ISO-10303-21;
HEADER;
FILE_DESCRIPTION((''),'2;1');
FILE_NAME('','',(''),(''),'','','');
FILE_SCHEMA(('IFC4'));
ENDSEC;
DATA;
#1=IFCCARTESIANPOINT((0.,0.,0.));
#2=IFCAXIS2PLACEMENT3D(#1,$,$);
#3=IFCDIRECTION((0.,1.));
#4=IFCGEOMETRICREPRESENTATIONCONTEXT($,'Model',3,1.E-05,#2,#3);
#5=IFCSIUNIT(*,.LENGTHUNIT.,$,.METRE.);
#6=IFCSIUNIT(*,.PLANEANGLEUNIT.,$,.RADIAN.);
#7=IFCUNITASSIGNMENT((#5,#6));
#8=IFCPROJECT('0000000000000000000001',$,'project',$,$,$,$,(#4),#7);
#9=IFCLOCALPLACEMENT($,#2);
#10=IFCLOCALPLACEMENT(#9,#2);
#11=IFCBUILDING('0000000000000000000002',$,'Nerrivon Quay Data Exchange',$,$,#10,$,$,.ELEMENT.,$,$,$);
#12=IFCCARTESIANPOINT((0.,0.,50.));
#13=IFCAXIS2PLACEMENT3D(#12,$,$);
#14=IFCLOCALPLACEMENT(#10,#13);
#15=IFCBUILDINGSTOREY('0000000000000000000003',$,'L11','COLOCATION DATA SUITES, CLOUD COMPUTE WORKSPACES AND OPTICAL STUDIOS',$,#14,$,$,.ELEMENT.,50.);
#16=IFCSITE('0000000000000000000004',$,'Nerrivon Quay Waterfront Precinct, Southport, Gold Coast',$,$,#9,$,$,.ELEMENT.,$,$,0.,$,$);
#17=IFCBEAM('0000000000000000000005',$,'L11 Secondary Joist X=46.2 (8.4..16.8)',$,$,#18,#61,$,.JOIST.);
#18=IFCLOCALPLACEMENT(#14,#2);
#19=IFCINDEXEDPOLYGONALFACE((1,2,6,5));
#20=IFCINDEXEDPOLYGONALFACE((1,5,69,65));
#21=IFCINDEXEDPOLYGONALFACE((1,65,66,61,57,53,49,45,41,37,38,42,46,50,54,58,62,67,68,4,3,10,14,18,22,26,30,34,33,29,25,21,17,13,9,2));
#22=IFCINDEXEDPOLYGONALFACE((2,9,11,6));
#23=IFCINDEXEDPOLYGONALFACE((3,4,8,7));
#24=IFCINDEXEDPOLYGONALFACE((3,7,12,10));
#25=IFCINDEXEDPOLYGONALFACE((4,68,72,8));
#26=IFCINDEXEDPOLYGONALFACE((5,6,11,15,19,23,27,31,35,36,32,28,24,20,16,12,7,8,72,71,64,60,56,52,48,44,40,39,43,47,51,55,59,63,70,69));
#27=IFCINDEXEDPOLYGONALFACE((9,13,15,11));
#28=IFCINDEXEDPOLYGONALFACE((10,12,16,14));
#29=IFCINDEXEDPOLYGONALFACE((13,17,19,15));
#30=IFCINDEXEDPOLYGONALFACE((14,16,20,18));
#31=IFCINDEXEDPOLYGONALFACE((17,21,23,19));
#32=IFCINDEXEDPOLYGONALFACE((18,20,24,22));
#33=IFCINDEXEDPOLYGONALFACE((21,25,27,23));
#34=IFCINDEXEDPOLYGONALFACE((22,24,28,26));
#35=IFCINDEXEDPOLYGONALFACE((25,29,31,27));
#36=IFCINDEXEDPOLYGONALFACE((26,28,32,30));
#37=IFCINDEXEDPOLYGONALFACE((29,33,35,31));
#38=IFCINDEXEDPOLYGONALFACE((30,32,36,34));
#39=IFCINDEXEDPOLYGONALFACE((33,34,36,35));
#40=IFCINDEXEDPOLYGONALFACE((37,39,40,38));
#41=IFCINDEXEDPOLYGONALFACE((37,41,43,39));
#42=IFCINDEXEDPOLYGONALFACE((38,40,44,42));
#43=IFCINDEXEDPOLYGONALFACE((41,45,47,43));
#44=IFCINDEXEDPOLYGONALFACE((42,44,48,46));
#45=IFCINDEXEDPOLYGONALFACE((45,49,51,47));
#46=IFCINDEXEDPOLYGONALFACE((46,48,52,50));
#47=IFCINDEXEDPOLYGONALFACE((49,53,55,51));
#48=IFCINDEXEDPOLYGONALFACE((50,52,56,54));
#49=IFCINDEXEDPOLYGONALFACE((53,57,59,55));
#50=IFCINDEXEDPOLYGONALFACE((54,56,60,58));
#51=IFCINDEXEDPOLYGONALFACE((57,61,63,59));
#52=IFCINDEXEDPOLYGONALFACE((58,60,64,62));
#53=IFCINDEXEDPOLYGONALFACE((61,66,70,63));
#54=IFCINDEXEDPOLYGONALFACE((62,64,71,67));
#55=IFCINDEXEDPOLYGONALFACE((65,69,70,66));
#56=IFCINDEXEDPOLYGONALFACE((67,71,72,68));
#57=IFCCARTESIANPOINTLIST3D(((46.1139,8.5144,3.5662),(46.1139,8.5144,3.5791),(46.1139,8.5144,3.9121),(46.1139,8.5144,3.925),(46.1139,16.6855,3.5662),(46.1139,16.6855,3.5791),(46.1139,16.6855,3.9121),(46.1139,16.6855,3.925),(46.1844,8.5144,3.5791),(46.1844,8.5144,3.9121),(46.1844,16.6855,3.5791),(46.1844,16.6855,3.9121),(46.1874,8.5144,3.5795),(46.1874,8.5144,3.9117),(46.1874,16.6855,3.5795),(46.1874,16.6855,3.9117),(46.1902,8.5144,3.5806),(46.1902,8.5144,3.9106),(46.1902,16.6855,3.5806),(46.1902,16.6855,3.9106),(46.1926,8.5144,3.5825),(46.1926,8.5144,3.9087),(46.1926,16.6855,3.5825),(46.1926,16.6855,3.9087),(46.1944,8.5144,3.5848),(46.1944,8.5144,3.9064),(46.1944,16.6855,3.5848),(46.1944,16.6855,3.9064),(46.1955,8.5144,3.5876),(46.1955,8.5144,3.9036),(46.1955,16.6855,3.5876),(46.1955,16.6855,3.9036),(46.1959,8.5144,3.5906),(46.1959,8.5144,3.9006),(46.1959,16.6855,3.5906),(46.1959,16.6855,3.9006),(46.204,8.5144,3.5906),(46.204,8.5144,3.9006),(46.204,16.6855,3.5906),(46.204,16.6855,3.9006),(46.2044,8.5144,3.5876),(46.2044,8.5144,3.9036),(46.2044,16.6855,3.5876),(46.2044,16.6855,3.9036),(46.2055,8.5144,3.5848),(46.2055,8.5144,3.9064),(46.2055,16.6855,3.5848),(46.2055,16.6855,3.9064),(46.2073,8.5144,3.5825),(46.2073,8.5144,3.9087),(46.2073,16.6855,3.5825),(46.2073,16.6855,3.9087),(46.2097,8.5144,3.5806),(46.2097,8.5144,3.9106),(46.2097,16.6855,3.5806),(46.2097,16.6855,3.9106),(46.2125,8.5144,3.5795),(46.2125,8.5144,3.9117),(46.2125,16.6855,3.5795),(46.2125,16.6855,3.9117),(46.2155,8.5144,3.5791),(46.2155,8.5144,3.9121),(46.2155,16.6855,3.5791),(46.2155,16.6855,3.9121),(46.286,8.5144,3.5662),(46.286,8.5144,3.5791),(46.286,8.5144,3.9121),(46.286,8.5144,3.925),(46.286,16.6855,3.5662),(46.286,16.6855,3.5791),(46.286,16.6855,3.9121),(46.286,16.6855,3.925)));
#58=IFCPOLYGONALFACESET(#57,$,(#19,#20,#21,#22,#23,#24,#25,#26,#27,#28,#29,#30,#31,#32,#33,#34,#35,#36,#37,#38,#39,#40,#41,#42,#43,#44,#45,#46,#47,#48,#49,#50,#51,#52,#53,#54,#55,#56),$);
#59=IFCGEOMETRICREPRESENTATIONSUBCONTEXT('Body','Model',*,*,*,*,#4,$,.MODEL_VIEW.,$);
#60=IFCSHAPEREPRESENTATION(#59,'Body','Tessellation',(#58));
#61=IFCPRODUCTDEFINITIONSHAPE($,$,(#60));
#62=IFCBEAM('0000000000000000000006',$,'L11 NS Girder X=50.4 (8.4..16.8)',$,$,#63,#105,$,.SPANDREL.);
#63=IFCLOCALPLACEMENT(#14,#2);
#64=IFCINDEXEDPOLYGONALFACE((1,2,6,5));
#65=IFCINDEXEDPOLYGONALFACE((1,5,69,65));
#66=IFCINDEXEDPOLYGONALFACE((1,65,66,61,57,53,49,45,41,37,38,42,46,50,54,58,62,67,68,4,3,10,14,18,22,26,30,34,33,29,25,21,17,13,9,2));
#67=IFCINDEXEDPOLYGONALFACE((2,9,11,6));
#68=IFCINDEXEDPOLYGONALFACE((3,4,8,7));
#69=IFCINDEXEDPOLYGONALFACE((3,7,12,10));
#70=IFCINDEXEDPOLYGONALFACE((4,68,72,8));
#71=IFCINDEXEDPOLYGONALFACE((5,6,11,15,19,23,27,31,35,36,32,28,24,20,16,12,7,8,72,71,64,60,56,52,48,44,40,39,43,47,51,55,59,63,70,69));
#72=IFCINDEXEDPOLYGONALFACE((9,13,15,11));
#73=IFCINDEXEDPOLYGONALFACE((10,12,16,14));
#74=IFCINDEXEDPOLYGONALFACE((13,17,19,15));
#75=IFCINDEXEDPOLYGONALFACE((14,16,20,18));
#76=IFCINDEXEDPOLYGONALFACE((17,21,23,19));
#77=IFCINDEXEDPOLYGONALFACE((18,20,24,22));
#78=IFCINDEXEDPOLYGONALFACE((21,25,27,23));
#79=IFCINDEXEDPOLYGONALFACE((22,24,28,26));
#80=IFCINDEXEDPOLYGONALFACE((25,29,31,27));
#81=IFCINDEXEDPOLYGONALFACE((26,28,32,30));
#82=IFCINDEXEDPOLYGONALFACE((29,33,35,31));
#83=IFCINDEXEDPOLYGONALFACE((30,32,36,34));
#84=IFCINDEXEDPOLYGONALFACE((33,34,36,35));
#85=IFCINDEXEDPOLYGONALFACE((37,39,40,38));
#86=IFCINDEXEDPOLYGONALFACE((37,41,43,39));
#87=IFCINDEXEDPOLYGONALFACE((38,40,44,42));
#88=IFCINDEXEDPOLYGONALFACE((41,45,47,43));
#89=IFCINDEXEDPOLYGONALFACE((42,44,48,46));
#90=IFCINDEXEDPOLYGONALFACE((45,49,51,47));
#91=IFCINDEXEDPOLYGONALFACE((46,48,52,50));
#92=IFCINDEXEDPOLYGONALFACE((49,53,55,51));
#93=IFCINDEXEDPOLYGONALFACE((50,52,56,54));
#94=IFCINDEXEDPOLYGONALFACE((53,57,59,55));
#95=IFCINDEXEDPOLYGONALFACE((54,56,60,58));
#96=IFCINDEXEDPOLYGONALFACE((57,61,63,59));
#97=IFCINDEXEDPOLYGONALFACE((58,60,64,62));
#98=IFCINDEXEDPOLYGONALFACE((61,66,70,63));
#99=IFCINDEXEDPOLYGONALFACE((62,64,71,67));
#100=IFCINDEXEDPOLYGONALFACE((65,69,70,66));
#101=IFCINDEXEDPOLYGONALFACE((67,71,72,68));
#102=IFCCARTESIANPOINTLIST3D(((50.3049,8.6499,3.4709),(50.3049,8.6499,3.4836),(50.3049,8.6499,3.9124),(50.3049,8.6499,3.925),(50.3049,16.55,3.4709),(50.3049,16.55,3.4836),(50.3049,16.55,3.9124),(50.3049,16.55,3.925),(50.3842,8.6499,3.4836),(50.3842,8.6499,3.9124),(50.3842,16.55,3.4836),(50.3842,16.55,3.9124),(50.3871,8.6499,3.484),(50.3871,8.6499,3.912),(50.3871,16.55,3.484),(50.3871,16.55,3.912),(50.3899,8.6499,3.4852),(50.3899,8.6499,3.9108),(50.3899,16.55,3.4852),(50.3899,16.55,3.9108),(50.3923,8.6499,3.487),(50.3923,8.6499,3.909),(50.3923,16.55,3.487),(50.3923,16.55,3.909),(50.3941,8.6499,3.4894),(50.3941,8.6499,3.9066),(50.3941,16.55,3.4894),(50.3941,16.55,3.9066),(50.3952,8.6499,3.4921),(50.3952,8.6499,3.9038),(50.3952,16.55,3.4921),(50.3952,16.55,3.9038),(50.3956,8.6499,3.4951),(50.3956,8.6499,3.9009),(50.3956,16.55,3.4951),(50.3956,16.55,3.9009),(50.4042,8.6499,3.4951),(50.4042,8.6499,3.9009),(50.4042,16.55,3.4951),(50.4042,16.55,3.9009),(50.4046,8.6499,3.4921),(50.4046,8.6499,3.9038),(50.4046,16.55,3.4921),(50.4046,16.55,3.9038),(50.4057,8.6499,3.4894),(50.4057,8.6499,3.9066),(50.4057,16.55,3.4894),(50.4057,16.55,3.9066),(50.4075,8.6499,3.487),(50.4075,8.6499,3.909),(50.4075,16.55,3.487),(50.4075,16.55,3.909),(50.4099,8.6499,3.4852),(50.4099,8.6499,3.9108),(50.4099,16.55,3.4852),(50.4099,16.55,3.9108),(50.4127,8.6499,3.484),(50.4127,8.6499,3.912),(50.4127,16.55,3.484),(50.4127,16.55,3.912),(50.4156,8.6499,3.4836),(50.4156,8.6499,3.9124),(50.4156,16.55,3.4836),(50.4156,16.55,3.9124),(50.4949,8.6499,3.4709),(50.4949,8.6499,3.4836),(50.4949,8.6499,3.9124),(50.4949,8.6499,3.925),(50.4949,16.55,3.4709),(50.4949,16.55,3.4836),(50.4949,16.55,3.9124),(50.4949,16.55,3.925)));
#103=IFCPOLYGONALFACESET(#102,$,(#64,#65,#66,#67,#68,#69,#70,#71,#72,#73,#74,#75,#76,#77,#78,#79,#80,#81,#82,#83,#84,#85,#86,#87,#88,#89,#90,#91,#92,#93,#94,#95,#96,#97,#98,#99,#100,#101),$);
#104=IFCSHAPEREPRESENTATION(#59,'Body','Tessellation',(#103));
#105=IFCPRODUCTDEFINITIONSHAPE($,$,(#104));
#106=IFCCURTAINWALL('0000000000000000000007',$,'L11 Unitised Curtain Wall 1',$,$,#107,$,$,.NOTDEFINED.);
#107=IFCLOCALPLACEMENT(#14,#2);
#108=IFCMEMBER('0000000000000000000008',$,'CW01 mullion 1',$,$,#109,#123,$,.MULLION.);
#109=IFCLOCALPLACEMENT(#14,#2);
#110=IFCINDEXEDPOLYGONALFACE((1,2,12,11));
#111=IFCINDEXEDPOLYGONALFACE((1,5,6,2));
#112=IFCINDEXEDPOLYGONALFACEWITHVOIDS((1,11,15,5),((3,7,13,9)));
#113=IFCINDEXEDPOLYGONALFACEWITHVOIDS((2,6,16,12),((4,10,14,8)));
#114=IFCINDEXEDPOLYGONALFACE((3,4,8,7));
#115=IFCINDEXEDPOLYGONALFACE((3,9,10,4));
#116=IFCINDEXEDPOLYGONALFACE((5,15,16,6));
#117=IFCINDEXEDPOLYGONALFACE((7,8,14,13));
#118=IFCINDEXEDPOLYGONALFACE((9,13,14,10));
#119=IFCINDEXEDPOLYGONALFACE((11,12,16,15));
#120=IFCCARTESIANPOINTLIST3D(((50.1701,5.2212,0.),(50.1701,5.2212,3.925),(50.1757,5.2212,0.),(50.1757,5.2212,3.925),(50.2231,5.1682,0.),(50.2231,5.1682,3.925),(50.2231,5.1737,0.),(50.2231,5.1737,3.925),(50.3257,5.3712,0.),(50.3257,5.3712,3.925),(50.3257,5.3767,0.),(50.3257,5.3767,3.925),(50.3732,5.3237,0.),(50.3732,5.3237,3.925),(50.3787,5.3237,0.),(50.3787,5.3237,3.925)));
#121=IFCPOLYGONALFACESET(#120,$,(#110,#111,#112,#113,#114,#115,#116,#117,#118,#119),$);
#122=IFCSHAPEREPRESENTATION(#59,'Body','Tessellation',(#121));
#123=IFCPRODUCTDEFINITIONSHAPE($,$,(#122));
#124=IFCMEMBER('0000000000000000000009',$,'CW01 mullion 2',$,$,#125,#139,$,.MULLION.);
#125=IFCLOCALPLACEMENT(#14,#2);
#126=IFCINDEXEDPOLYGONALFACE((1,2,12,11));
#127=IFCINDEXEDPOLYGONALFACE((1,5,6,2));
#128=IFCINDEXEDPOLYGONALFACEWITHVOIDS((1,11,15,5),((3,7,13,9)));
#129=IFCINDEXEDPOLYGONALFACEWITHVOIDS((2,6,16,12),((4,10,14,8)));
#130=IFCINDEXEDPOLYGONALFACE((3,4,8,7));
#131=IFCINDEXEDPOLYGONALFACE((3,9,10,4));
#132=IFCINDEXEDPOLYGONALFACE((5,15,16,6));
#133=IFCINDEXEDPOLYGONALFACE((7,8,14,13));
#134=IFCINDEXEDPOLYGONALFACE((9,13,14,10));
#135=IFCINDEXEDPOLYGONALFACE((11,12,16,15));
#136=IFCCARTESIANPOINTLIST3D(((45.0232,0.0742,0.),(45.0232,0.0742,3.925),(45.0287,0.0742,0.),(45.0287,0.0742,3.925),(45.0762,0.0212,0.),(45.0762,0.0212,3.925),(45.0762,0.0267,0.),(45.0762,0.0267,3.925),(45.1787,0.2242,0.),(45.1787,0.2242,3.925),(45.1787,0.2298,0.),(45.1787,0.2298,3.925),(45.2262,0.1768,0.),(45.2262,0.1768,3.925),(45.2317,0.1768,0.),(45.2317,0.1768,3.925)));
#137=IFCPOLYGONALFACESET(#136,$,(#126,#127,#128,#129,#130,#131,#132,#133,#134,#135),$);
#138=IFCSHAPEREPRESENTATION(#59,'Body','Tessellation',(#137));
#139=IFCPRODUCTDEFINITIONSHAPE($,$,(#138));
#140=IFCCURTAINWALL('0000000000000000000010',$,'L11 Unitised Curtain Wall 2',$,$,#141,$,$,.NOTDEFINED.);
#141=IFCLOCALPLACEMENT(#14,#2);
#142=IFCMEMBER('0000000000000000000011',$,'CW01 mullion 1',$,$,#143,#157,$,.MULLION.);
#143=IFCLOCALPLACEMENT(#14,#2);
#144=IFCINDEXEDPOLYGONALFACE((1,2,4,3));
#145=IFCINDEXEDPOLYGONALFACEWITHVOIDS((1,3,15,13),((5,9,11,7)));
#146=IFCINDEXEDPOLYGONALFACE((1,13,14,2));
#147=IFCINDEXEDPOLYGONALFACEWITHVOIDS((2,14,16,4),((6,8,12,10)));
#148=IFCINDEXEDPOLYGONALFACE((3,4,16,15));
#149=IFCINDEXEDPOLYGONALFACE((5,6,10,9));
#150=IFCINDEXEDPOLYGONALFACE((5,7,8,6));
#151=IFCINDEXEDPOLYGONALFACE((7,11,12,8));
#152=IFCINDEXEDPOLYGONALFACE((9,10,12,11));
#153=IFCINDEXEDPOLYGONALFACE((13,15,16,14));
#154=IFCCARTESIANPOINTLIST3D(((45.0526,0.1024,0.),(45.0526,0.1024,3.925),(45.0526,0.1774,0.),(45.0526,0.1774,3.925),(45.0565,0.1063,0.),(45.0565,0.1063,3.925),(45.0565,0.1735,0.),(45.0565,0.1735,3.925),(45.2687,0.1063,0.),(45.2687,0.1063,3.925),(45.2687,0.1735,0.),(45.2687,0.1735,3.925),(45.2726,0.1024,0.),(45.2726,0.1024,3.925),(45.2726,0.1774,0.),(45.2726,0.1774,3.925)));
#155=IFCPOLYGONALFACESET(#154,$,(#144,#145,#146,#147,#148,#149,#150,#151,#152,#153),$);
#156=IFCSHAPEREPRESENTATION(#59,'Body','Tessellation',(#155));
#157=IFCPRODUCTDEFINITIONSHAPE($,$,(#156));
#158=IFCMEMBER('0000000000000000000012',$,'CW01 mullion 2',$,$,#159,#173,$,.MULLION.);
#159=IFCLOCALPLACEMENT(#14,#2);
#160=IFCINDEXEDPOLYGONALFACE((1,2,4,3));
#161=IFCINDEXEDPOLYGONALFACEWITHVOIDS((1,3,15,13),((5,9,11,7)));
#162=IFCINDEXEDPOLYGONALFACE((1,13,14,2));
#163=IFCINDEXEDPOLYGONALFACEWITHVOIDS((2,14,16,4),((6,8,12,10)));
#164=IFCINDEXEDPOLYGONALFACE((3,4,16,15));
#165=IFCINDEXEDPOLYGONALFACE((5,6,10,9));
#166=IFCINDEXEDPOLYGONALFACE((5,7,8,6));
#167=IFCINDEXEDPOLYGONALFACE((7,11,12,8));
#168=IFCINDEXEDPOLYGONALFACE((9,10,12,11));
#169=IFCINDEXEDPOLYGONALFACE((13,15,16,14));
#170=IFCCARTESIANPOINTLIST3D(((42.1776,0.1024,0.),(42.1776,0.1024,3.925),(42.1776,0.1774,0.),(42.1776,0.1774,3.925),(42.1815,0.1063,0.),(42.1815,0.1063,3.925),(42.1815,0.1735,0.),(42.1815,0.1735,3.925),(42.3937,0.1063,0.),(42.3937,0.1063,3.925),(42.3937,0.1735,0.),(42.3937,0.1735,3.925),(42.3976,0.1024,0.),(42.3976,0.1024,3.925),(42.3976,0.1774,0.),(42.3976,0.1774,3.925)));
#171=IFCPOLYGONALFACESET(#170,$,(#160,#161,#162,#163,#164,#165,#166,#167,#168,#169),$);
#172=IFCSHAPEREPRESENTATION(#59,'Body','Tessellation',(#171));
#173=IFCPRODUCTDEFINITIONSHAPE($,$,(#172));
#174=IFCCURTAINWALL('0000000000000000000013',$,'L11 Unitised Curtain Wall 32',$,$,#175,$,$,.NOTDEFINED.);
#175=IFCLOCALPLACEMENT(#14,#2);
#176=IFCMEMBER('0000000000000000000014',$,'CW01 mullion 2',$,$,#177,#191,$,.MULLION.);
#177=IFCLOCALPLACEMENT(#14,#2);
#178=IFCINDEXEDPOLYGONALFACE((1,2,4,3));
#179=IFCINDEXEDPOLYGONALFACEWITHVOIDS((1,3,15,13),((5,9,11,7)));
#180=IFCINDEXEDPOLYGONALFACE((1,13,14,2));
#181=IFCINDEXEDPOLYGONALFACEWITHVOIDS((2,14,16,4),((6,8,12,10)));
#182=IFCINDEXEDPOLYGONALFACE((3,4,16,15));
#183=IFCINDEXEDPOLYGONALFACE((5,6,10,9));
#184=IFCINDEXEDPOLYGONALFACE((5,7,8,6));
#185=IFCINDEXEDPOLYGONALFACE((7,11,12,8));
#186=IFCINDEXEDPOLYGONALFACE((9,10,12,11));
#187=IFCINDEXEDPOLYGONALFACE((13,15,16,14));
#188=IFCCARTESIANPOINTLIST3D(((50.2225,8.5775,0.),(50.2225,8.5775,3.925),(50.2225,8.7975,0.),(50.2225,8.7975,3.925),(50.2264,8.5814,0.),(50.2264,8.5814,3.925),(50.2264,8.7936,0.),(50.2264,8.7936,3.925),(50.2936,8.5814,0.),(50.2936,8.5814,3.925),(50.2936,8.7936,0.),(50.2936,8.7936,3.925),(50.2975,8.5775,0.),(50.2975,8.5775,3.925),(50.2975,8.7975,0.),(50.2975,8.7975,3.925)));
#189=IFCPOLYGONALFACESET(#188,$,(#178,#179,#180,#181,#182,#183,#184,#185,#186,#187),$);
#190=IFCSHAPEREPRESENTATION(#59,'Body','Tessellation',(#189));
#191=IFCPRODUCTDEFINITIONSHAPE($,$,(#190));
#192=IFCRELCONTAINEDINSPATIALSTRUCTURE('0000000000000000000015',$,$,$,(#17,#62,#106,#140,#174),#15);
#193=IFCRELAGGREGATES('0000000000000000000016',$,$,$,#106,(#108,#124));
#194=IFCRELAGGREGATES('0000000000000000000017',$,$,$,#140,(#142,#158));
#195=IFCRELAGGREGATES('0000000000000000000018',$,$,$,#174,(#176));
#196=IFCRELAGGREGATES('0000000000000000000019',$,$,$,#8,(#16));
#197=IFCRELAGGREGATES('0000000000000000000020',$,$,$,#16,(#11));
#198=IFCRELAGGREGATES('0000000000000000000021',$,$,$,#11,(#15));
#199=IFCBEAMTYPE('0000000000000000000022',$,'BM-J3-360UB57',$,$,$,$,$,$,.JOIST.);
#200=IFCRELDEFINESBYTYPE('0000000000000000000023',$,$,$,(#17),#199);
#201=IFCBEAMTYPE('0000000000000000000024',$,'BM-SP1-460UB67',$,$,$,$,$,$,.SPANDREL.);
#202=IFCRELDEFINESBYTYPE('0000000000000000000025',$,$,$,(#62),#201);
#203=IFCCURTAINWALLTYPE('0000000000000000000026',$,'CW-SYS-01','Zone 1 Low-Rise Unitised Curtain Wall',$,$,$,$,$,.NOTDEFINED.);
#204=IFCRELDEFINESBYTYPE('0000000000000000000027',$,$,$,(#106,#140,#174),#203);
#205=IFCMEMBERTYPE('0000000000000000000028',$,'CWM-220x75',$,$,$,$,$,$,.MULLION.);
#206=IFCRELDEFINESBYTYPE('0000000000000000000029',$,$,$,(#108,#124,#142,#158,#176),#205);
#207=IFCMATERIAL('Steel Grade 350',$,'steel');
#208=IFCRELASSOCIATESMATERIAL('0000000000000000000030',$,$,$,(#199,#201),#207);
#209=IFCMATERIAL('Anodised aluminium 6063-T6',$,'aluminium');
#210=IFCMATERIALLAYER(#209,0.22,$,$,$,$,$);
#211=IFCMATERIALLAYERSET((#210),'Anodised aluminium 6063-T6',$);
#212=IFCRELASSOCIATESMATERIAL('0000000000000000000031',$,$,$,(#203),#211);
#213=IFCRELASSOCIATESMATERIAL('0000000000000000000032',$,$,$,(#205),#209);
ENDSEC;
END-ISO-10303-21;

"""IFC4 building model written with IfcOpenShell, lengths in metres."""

from ifc_helpers import new_model, si_unit, direction, frame, origin, origin_2d, place, context, subcontext, project, spatial, hollow_rectangle, i_section, extrude, material, layer, layer_set, material_profile, profile_set, type_object, element, aggregate, save


model = new_model("IFC4")

# Units and contexts
model_context = context("Model", 3, precision=1e-05, world=origin(), true_north=direction((0.0, 1.0)))
body_context = subcontext(model_context, "Body", "Model", "MODEL_VIEW")
ifc_project = project(units=[si_unit("LENGTHUNIT", "METRE"), si_unit("PLANEANGLEUNIT", "RADIAN")], contexts=[model_context])

# Site, building, storey
site_placement = place(None, origin())
site = spatial("IfcSite", under=ifc_project, at=site_placement, Name="Nerrivon Quay Waterfront Precinct, Southport, Gold Coast", CompositionType="ELEMENT", RefElevation=0.0)
building_placement = place(site_placement, origin())
building = spatial("IfcBuilding", under=site, at=building_placement, Name="Nerrivon Quay Data Exchange", CompositionType="ELEMENT")
storey_placement = place(building_placement, frame((0.0, 0.0, 50.0)))
storey = spatial("IfcBuildingStorey", under=building, at=storey_placement, Name="L11", Description="COLOCATION DATA SUITES, CLOUD COMPUTE WORKSPACES AND OPTICAL STUDIOS", CompositionType="ELEMENT", Elevation=50.0)

# Shared definitions
ifc_material_1 = material(Name="Steel Grade 350", Category="steel")

# Beams
ifc_material_profile_1 = material_profile(ifc_material_1, i_section(OverallWidth=0.1721, OverallDepth=0.3589, WebThickness=0.0081, FlangeThickness=0.0129, FilletRadius=0.0115, at=origin_2d()), Name="360UB56.7")
ifc_profile_set_1 = profile_set([ifc_material_profile_1], Name="Steel Grade 350")
beam_type_1 = type_object("IfcBeamType", Name="BM-J3-360UB57", PredefinedType="JOIST", material=ifc_profile_set_1)
beam_1_placement = place(storey_placement, frame((46.2, 8.5144, 3.7456), z_axis=(0.0, 1.0, 0.0), x_axis=(-1.0, 0.0, 0.0)))
element("IfcBeam", 1, at=beam_1_placement, inside=storey, type_object=beam_type_1, Name="L11 Secondary Joist X=46.2 (8.4..16.8)", PredefinedType="JOIST", context=body_context, shape_type="SweptSolid", body=[
    extrude(i_section(OverallWidth=0.1721, OverallDepth=0.3589, WebThickness=0.0081, FlangeThickness=0.0129, FilletRadius=0.0115, at=origin_2d()), origin(), (0.0, 0.0, 1.0), 8.1711),
])
ifc_material_profile_2 = material_profile(ifc_material_1, i_section(OverallWidth=0.1899, OverallDepth=0.4541, WebThickness=0.0085, FlangeThickness=0.0127, FilletRadius=0.0115, at=origin_2d()), Name="460UB67.1")
ifc_profile_set_2 = profile_set([ifc_material_profile_2], Name="Steel Grade 350")
beam_type_2 = type_object("IfcBeamType", Name="BM-SP1-460UB67", PredefinedType="SPANDREL", material=ifc_profile_set_2)
beam_2_placement = place(storey_placement, frame((50.3999, 8.6499, 3.698), z_axis=(0.0, 1.0, 0.0), x_axis=(-1.0, 0.0, 0.0)))
element("IfcBeam", 2, at=beam_2_placement, inside=storey, type_object=beam_type_2, Name="L11 NS Girder X=50.4 (8.4..16.8)", PredefinedType="SPANDREL", context=body_context, shape_type="SweptSolid", body=[
    extrude(i_section(OverallWidth=0.1899, OverallDepth=0.4541, WebThickness=0.0085, FlangeThickness=0.0127, FilletRadius=0.0115, at=origin_2d()), origin(), (0.0, 0.0, 1.0), 7.9001),
])

# Curtain walls, members
ifc_material_2 = material(Name="Anodised aluminium 6063-T6", Category="aluminium")
ifc_layer_1 = layer(ifc_material_2, 0.22)
ifc_layer_set_1 = layer_set([ifc_layer_1], Name="Anodised aluminium 6063-T6")
curtain_wall_type = type_object("IfcCurtainWallType", Name="CW-SYS-01", Description="Zone 1 Low-Rise Unitised Curtain Wall", PredefinedType="NOTDEFINED", material=ifc_layer_set_1)
curtain_wall_1_placement = place(storey_placement, origin())
curtain_wall_1 = element("IfcCurtainWall", 3, at=curtain_wall_1_placement, inside=storey, type_object=curtain_wall_type, Name="L11 Unitised Curtain Wall 1", PredefinedType="NOTDEFINED")
ifc_material_profile_3 = material_profile(ifc_material_2, hollow_rectangle(XDim=0.075, YDim=0.22, WallThickness=0.0039, at=origin_2d()), Name="ALU-MULL-220x75")
ifc_profile_set_3 = profile_set([ifc_material_profile_3], Name="Anodised aluminium 6063-T6")
member_type_1 = type_object("IfcMemberType", Name="CWM-220x75", PredefinedType="MULLION", material=ifc_profile_set_3)
member_1_placement = place(storey_placement, frame((50.2744, 5.2725, 0.0), z_axis=(0.0, 0.0, 1.0), x_axis=(0.707107, -0.707107, 0.0)))
member_1 = element("IfcMember", 4, at=member_1_placement, type_object=member_type_1, Name="CW01 mullion 1", PredefinedType="MULLION", context=body_context, shape_type="SweptSolid", body=[
    extrude(hollow_rectangle(XDim=0.075, YDim=0.22, WallThickness=0.0039, at=origin_2d()), origin(), (0.0, 0.0, 1.0), 3.925),
])
member_2_placement = place(storey_placement, frame((45.1274, 0.1255, 0.0), z_axis=(0.0, 0.0, 1.0), x_axis=(0.707107, -0.707107, 0.0)))
member_2 = element("IfcMember", 5, at=member_2_placement, type_object=member_type_1, Name="CW01 mullion 2", PredefinedType="MULLION", context=body_context, shape_type="SweptSolid", body=[
    extrude(hollow_rectangle(XDim=0.075, YDim=0.22, WallThickness=0.0039, at=origin_2d()), origin(), (0.0, 0.0, 1.0), 3.925),
])
curtain_wall_2_placement = place(storey_placement, origin())
curtain_wall_2 = element("IfcCurtainWall", 6, at=curtain_wall_2_placement, inside=storey, type_object=curtain_wall_type, Name="L11 Unitised Curtain Wall 2", PredefinedType="NOTDEFINED")
member_3_placement = place(storey_placement, frame((45.1626, 0.1399, 0.0), z_axis=(0.0, 0.0, 1.0), x_axis=(0.0, -1.0, 0.0)))
member_3 = element("IfcMember", 7, at=member_3_placement, type_object=member_type_1, Name="CW01 mullion 1", PredefinedType="MULLION", context=body_context, shape_type="SweptSolid", body=[
    extrude(hollow_rectangle(XDim=0.075, YDim=0.22, WallThickness=0.0039, at=origin_2d()), origin(), (0.0, 0.0, 1.0), 3.925),
])
member_4_placement = place(storey_placement, frame((42.2876, 0.1399, 0.0), z_axis=(0.0, 0.0, 1.0), x_axis=(0.0, -1.0, 0.0)))
member_4 = element("IfcMember", 8, at=member_4_placement, type_object=member_type_1, Name="CW01 mullion 2", PredefinedType="MULLION", context=body_context, shape_type="SweptSolid", body=[
    extrude(hollow_rectangle(XDim=0.075, YDim=0.22, WallThickness=0.0039, at=origin_2d()), origin(), (0.0, 0.0, 1.0), 3.925),
])

# Curtain wall, member
curtain_wall_3_placement = place(storey_placement, origin())
curtain_wall_3 = element("IfcCurtainWall", 9, at=curtain_wall_3_placement, inside=storey, type_object=curtain_wall_type, Name="L11 Unitised Curtain Wall 32", PredefinedType="NOTDEFINED")
member_5_placement = place(storey_placement, frame((50.26, 8.6875, 0.0), z_axis=(0.0, 0.0, 1.0), x_axis=(1.0, 0.0, 0.0)))
member_5 = element("IfcMember", 10, at=member_5_placement, type_object=member_type_1, Name="CW01 mullion 2", PredefinedType="MULLION", context=body_context, shape_type="SweptSolid", body=[
    extrude(hollow_rectangle(XDim=0.075, YDim=0.22, WallThickness=0.0039, at=origin_2d()), origin(), (0.0, 0.0, 1.0), 3.925),
])

aggregate(curtain_wall_1, [member_1, member_2])
aggregate(curtain_wall_2, [member_3, member_4])
aggregate(curtain_wall_3, [member_5])

save(model, "model.ifc")
